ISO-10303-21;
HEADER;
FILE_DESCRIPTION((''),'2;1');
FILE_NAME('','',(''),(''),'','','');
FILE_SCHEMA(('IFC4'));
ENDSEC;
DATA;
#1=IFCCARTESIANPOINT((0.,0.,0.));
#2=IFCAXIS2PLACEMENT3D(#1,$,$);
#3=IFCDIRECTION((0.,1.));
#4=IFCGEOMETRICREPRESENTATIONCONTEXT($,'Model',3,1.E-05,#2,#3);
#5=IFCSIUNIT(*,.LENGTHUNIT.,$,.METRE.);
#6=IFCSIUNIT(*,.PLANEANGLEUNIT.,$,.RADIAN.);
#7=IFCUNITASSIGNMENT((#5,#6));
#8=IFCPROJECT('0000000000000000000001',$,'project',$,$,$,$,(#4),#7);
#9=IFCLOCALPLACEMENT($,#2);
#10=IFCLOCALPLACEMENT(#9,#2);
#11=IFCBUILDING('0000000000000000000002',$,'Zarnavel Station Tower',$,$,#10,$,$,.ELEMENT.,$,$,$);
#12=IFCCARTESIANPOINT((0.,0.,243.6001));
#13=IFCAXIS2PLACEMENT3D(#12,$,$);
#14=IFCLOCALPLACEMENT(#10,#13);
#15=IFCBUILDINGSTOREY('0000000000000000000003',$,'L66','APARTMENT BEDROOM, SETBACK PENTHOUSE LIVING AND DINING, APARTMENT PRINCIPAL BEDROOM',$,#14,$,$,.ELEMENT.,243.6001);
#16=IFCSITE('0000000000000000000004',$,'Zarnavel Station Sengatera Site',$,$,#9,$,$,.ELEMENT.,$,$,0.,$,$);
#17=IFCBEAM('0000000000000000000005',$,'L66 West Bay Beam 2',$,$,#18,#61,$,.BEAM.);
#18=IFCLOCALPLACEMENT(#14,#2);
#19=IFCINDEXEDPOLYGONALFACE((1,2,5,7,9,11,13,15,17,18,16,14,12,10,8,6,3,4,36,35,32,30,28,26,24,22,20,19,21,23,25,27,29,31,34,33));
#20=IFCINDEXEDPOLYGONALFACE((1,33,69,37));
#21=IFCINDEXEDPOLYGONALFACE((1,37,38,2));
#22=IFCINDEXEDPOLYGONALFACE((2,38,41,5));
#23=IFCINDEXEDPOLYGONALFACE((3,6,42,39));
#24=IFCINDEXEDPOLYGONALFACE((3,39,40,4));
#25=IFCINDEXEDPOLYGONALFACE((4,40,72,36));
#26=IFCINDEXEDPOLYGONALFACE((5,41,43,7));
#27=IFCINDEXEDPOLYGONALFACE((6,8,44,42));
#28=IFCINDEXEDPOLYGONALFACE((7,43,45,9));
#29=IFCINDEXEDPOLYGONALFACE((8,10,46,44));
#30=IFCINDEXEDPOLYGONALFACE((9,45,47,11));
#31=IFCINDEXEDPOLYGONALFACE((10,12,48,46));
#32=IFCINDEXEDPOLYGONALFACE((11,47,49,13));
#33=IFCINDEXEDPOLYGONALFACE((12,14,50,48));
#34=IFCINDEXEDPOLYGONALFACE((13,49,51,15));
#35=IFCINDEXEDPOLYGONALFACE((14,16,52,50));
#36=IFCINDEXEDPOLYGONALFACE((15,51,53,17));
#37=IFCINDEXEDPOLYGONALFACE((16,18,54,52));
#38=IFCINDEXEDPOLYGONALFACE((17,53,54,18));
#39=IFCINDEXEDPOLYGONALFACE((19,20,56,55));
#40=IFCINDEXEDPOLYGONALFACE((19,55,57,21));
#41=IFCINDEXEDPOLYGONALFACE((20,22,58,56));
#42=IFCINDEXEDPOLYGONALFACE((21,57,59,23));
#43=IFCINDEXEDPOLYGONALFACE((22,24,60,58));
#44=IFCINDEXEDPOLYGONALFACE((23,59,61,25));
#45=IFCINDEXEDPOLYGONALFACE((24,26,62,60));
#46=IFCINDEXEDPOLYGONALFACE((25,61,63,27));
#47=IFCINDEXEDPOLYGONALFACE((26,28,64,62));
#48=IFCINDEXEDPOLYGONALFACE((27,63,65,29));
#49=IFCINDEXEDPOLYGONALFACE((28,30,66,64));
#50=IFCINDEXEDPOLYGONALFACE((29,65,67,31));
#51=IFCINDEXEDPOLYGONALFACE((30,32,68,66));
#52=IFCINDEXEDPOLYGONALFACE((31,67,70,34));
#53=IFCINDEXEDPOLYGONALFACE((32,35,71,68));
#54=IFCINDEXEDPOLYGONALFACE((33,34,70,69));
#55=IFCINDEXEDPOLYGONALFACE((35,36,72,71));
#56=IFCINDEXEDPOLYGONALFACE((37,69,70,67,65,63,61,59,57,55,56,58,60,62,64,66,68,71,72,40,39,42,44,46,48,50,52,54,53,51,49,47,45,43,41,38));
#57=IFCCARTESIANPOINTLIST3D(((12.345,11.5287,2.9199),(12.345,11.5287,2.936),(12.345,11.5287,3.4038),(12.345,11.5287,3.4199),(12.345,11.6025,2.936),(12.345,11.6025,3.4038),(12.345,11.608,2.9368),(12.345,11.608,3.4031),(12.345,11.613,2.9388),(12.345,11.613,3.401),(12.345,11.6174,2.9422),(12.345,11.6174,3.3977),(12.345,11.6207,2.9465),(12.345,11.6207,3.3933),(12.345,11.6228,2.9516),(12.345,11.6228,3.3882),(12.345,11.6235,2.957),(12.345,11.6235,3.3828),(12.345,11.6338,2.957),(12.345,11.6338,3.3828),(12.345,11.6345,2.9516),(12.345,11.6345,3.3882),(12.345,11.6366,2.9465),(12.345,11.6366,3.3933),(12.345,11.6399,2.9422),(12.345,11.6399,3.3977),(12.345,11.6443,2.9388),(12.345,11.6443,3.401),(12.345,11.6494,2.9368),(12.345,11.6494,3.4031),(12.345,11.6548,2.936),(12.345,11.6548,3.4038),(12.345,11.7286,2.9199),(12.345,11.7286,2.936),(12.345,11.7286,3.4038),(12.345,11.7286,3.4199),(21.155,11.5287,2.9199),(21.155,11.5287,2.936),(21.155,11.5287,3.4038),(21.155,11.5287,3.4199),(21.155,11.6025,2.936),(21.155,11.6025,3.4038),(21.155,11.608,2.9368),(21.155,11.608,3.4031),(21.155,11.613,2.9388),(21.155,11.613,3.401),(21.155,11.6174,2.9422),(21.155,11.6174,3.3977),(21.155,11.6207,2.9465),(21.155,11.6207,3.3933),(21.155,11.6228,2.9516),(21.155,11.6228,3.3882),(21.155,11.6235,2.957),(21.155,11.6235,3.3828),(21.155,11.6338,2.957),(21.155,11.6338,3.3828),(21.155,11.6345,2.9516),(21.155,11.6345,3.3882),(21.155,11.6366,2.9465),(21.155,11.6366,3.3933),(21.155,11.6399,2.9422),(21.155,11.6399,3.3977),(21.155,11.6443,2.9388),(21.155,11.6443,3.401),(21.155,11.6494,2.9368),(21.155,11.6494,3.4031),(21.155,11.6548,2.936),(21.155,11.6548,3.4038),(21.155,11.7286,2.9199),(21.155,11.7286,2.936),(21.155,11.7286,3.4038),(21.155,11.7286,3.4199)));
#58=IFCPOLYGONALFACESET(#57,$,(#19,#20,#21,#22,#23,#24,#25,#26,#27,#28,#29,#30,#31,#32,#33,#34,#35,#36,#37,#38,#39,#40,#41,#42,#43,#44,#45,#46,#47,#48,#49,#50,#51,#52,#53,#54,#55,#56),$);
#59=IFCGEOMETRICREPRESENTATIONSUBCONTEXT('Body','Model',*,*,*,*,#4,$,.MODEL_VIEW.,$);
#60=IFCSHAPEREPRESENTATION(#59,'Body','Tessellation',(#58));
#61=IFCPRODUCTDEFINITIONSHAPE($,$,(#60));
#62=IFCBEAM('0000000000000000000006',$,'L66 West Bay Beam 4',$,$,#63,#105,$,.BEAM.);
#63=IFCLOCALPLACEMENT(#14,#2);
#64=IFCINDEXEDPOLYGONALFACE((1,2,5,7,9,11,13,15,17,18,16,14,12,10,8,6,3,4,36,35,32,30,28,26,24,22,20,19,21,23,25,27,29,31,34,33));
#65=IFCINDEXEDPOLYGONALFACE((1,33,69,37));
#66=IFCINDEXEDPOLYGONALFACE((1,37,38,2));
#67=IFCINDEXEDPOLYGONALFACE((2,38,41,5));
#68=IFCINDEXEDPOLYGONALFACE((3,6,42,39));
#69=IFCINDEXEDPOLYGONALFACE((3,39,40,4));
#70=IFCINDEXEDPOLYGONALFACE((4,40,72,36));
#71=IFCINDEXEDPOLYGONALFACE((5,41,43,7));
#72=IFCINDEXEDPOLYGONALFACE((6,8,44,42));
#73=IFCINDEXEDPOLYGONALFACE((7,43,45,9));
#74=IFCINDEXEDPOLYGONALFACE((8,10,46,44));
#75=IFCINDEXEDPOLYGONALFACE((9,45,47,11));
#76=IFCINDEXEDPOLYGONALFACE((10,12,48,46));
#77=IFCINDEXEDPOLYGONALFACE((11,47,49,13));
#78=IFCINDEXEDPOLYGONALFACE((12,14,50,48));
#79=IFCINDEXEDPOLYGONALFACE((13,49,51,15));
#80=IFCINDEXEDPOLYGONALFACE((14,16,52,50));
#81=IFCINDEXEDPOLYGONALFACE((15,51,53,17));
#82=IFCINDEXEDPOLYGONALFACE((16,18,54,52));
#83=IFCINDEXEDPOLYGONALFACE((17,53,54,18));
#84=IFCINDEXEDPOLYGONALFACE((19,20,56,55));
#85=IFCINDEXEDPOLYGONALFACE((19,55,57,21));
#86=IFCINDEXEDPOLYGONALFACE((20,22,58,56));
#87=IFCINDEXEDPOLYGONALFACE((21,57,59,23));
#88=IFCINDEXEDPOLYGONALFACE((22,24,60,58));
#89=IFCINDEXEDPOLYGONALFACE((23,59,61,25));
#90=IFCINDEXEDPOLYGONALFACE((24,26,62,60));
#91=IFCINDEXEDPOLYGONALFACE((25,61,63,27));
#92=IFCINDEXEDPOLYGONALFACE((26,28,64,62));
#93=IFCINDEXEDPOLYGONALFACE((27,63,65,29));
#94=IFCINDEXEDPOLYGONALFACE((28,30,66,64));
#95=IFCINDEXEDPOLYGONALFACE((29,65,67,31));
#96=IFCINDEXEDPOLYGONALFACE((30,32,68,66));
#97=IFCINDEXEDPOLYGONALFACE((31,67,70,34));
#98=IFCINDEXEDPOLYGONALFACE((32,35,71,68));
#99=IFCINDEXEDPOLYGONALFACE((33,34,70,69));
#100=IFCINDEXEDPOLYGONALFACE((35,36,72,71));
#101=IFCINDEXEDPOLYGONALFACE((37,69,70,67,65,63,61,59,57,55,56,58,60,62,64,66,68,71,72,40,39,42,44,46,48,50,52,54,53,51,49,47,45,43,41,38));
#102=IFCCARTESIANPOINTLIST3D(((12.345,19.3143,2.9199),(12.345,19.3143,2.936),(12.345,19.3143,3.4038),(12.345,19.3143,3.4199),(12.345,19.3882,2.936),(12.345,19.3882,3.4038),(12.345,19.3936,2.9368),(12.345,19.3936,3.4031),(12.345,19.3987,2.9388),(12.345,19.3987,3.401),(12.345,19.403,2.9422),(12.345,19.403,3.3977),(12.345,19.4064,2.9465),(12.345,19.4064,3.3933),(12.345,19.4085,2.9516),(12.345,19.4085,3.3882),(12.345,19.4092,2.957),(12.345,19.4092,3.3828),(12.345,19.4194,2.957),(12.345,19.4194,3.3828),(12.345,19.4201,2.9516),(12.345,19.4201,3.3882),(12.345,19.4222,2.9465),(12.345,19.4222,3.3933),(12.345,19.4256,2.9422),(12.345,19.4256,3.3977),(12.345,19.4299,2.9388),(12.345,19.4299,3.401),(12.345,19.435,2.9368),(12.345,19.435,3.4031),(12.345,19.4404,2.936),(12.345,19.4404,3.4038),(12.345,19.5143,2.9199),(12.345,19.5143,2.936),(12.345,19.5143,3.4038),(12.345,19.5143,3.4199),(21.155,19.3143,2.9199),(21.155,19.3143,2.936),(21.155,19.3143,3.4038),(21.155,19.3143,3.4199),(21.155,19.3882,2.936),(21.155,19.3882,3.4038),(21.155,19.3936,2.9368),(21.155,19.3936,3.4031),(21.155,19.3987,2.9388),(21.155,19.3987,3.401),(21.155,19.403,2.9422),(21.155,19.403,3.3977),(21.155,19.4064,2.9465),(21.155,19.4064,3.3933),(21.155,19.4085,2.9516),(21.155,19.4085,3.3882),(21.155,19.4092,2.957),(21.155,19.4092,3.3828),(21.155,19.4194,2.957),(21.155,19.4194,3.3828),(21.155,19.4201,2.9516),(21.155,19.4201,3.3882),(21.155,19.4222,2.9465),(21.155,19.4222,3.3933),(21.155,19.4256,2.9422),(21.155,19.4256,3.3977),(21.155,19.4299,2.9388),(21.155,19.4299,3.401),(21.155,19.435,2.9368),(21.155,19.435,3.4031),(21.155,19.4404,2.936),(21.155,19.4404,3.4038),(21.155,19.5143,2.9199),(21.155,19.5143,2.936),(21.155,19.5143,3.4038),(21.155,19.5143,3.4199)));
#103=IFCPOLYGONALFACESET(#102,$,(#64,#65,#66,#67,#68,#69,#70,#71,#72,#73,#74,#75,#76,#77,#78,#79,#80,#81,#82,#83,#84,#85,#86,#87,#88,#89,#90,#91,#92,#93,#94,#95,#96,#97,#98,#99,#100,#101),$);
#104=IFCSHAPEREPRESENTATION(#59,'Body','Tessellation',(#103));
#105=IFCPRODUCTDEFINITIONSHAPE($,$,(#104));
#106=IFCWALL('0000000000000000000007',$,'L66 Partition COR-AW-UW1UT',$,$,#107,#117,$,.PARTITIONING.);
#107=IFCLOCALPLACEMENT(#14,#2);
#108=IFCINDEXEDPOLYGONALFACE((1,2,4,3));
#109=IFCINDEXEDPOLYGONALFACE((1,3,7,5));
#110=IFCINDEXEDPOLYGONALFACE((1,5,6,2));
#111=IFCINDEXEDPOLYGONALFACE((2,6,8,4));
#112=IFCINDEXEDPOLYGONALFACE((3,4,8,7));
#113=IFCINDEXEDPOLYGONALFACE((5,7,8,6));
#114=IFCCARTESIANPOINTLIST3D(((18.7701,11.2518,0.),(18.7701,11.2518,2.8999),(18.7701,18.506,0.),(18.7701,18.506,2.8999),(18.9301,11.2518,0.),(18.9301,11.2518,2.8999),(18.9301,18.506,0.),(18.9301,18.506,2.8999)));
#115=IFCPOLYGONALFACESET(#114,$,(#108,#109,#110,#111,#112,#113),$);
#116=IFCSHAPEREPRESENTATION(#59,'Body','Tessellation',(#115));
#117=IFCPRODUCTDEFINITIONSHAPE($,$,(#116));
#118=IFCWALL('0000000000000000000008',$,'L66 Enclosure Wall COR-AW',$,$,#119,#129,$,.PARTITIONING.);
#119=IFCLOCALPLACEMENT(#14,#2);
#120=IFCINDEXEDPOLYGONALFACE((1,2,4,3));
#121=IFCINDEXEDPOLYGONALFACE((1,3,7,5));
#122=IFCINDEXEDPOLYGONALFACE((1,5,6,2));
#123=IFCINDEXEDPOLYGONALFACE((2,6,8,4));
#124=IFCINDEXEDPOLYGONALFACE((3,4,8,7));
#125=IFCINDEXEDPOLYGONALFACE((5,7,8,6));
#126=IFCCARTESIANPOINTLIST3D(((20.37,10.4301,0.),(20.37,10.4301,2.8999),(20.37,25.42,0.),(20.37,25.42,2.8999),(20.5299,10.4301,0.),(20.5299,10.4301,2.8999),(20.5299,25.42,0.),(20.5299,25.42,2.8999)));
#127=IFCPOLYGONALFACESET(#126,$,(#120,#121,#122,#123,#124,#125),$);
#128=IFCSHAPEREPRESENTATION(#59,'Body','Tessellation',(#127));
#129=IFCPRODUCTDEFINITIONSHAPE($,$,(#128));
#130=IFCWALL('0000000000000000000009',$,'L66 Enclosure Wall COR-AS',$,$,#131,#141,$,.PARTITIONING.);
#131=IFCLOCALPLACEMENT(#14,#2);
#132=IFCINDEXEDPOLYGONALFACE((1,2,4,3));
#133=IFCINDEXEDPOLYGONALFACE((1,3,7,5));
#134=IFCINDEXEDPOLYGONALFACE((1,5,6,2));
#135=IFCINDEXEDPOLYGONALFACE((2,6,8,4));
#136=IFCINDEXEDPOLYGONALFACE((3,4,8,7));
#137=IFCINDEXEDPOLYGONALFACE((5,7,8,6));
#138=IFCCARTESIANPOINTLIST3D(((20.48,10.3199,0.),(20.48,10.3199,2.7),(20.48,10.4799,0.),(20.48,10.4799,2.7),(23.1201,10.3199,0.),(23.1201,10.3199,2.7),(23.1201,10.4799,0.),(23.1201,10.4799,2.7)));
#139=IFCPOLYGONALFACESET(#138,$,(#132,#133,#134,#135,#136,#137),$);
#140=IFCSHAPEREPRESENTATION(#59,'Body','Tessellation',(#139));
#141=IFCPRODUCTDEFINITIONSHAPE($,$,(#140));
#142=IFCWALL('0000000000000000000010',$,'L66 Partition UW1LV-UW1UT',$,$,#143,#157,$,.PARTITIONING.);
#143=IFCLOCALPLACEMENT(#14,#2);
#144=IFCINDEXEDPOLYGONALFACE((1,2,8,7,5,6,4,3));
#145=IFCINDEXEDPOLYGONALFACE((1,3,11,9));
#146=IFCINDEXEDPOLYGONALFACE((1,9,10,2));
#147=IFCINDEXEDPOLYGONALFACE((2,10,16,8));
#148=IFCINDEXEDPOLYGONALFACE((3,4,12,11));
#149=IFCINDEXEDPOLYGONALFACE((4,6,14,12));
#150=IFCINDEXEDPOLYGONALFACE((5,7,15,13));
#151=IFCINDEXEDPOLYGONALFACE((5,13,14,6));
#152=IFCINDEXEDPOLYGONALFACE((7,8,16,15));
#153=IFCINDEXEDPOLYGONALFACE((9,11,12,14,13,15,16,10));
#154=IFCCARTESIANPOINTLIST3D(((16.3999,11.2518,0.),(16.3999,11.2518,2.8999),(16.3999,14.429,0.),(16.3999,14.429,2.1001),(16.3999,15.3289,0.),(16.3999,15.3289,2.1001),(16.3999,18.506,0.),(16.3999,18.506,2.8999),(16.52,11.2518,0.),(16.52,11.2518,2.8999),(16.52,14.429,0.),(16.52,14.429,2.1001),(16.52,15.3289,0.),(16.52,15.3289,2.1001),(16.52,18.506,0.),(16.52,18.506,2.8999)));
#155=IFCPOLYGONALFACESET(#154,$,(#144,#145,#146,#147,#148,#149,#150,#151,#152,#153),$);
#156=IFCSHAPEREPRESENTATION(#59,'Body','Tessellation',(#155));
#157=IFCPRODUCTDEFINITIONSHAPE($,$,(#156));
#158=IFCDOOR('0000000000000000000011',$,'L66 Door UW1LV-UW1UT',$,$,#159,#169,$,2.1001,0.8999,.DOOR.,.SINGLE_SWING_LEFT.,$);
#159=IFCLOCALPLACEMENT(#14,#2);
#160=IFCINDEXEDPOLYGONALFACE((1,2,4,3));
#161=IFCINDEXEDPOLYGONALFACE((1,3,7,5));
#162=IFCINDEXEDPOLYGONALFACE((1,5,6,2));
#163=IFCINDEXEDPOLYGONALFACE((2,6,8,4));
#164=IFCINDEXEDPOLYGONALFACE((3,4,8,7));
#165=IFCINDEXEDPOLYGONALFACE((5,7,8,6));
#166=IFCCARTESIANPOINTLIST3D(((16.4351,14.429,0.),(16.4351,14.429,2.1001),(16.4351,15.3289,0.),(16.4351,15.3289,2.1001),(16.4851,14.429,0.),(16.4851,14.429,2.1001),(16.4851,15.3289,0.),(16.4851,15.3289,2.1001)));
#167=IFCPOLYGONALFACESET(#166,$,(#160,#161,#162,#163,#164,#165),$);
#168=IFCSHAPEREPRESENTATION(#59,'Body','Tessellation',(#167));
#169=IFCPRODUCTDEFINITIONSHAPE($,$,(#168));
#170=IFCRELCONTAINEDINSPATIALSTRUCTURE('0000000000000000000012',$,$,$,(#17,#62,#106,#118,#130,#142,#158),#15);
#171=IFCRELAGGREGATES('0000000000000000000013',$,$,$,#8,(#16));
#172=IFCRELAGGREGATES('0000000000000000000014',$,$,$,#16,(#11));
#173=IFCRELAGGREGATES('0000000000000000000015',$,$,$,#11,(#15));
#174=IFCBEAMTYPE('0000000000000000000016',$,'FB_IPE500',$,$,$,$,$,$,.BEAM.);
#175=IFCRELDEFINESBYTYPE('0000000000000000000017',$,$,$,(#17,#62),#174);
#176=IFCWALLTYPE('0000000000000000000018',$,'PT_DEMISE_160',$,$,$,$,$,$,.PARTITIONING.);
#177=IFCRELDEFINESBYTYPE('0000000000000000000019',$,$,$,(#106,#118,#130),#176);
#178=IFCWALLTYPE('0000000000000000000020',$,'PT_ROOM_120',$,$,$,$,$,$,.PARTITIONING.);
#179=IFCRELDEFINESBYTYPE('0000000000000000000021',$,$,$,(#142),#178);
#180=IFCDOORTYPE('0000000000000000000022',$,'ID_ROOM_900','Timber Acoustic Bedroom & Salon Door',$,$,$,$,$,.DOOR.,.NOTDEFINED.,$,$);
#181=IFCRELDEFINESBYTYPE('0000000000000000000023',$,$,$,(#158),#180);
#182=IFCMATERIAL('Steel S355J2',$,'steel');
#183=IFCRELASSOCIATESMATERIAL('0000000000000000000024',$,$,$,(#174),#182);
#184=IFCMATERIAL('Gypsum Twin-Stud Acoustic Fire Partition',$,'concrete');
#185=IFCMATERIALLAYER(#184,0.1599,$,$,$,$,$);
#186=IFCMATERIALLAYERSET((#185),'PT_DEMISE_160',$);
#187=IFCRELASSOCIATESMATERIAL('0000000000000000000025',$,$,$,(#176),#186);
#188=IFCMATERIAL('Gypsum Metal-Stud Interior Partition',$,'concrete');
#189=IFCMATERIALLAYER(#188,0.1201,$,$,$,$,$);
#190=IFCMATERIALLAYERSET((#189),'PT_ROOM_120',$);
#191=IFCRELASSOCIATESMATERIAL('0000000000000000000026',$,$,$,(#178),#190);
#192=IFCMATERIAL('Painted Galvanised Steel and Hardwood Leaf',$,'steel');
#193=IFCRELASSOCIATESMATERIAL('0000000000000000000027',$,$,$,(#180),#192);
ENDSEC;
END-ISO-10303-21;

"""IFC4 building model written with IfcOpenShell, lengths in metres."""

from ifc_helpers import new_model, si_unit, direction, frame, frame_2d, origin, origin_2d, place, context, subcontext, project, spatial, rectangle, i_section, extrude, material, layer, layer_set, material_profile, profile_set, type_object, element, fill, save


model = new_model("IFC4")

# Units and contexts
model_context = context("Model", 3, precision=1e-05, world=origin(), true_north=direction((0.0, 1.0)))
body_context = subcontext(model_context, "Body", "Model", "MODEL_VIEW")
ifc_project = project(units=[si_unit("LENGTHUNIT", "METRE"), si_unit("PLANEANGLEUNIT", "RADIAN")], contexts=[model_context])

# Site, building, storey
site_placement = place(None, origin())
site = spatial("IfcSite", under=ifc_project, at=site_placement, Name="Zarnavel Station Sengatera Site", CompositionType="ELEMENT", RefElevation=0.0)
building_placement = place(site_placement, origin())
building = spatial("IfcBuilding", under=site, at=building_placement, Name="Zarnavel Station Tower", CompositionType="ELEMENT")
storey_placement = place(building_placement, frame((0.0, 0.0, 243.6001)))
storey = spatial("IfcBuildingStorey", under=building, at=storey_placement, Name="L66", Description="APARTMENT BEDROOM, SETBACK PENTHOUSE LIVING AND DINING, APARTMENT PRINCIPAL BEDROOM", CompositionType="ELEMENT", Elevation=243.6001)

# Beams
ifc_material_1 = material(Name="Steel S355J2", Category="steel")
ifc_material_profile_1 = material_profile(ifc_material_1, i_section(OverallWidth=0.2, OverallDepth=0.5, WebThickness=0.0103, FlangeThickness=0.0161, FilletRadius=0.021, at=origin_2d()), Name="IPE500")
ifc_profile_set_1 = profile_set([ifc_material_profile_1], Name="Steel S355J2")
beam_type_1 = type_object("IfcBeamType", Name="FB_IPE500", PredefinedType="BEAM", material=ifc_profile_set_1)
for number, where, z_axis, x_axis, name in (
    (1, (12.345, 11.6287, 3.1699), (1.0, 0.0, 0.0), (0.0, 1.0, 0.0), "L66 West Bay Beam 2"),
    (2, (12.345, 19.4143, 3.1699), (1.0, 0.0, 0.0), (0.0, 1.0, 0.0), "L66 West Bay Beam 4"),
):
    element("IfcBeam", number, at=place(storey_placement, frame(where, z_axis=z_axis, x_axis=x_axis)), inside=storey, type_object=beam_type_1, Name=name, PredefinedType="BEAM", context=body_context, shape_type="SweptSolid", body=[
        extrude(i_section(OverallWidth=0.2, OverallDepth=0.5, WebThickness=0.0103, FlangeThickness=0.0161, FilletRadius=0.021, at=origin_2d()), origin(), (0.0, 0.0, 1.0), 8.8101),
    ])

# Walls
ifc_material_2 = material(Name="Gypsum Twin-Stud Acoustic Fire Partition", Category="concrete")
ifc_layer_1 = layer(ifc_material_2, 0.1599)
ifc_layer_set_1 = layer_set([ifc_layer_1], Name="PT_DEMISE_160")
wall_type_1 = type_object("IfcWallType", Name="PT_DEMISE_160", PredefinedType="PARTITIONING", material=ifc_layer_set_1)
wall_1_placement = place(storey_placement, frame((18.8501, 11.252, 0.0), z_axis=(0.0, 0.0, 1.0), x_axis=(0.0, 1.0, 0.0)))
element("IfcWall", 3, at=wall_1_placement, inside=storey, type_object=wall_type_1, Name="L66 Partition COR-AW-UW1UT", PredefinedType="PARTITIONING", context=body_context, shape_type="SweptSolid", body=[
    extrude(rectangle(XDim=7.2542, YDim=0.1599, at=frame_2d((3.627, 0.0))), origin(), (0.0, 0.0, 1.0), 2.8999),
])
wall_2_placement = place(storey_placement, frame((20.45, 10.4299, 0.0), z_axis=(0.0, 0.0, 1.0), x_axis=(0.0, 1.0, 0.0)))
element("IfcWall", 4, at=wall_2_placement, inside=storey, type_object=wall_type_1, Name="L66 Enclosure Wall COR-AW", PredefinedType="PARTITIONING", context=body_context, shape_type="SweptSolid", body=[
    extrude(rectangle(XDim=14.99, YDim=0.1599, at=frame_2d((7.4951, 0.0))), origin(), (0.0, 0.0, 1.0), 2.8999),
])
wall_3_placement = place(storey_placement, frame((20.48, 10.3999, 0.0), z_axis=(0.0, 0.0, 1.0), x_axis=(1.0, 0.0, 0.0)))
element("IfcWall", 5, at=wall_3_placement, inside=storey, type_object=wall_type_1, Name="L66 Enclosure Wall COR-AS", PredefinedType="PARTITIONING", context=body_context, shape_type="SweptSolid", body=[
    extrude(rectangle(XDim=2.6401, YDim=0.1599, at=frame_2d((1.3201, 0.0))), origin(), (0.0, 0.0, 1.0), 2.7),
])

# Wall, opening, door
ifc_material_3 = material(Name="Gypsum Metal-Stud Interior Partition", Category="concrete")
ifc_layer_2 = layer(ifc_material_3, 0.1201)
ifc_layer_set_2 = layer_set([ifc_layer_2], Name="PT_ROOM_120")
wall_type_2 = type_object("IfcWallType", Name="PT_ROOM_120", PredefinedType="PARTITIONING", material=ifc_layer_set_2)
wall_4_placement = place(storey_placement, frame((16.46, 11.252, 0.0), z_axis=(0.0, 0.0, 1.0), x_axis=(0.0, 1.0, 0.0)))
wall_4 = element("IfcWall", 6, at=wall_4_placement, inside=storey, type_object=wall_type_2, Name="L66 Partition UW1LV-UW1UT", PredefinedType="PARTITIONING", context=body_context, shape_type="SweptSolid", body=[
    extrude(rectangle(XDim=7.2542, YDim=0.1201, at=frame_2d((3.627, 0.0))), origin(), (0.0, 0.0, 1.0), 2.8999),
])
opening_1_placement = place(wall_4_placement, frame((3.177, 0.0, 0.0)))
opening_1 = element("IfcOpeningElement", 7, at=opening_1_placement, cuts=wall_4, PredefinedType="OPENING", context=body_context, shape_type="SweptSolid", body=[
    extrude(rectangle(XDim=0.8999, YDim=2.1001, at=frame_2d((0.45, 1.05))), frame((0.0, 0.0701, 0.0), z_axis=(0.0, -1.0, 0.0), x_axis=(1.0, 0.0, 0.0)), (0.0, 0.0, 1.0), 0.1401),
])
ifc_material_4 = material(Name="Painted Galvanised Steel and Hardwood Leaf", Category="steel")
door_type_1 = type_object("IfcDoorType", Name="ID_ROOM_900", Description="Timber Acoustic Bedroom & Salon Door", OperationType="NOTDEFINED", PredefinedType="DOOR", material=ifc_material_4)
door_1_placement = place(opening_1_placement, origin())
door_1 = element("IfcDoor", 8, at=door_1_placement, inside=storey, type_object=door_type_1, Name="L66 Door UW1LV-UW1UT", OperationType="SINGLE_SWING_LEFT", OverallHeight=2.1001, OverallWidth=0.8999, PredefinedType="DOOR", context=body_context, shape_type="SweptSolid", body=[
    extrude(rectangle(XDim=0.8999, YDim=2.1001, at=frame_2d((0.45, 1.05))), frame((0.0, 0.0249, 0.0), z_axis=(0.0, -1.0, 0.0), x_axis=(1.0, 0.0, 0.0)), (0.0, 0.0, 1.0), 0.05),
])
fill(opening_1, door_1)

save(model, "model.ifc")
